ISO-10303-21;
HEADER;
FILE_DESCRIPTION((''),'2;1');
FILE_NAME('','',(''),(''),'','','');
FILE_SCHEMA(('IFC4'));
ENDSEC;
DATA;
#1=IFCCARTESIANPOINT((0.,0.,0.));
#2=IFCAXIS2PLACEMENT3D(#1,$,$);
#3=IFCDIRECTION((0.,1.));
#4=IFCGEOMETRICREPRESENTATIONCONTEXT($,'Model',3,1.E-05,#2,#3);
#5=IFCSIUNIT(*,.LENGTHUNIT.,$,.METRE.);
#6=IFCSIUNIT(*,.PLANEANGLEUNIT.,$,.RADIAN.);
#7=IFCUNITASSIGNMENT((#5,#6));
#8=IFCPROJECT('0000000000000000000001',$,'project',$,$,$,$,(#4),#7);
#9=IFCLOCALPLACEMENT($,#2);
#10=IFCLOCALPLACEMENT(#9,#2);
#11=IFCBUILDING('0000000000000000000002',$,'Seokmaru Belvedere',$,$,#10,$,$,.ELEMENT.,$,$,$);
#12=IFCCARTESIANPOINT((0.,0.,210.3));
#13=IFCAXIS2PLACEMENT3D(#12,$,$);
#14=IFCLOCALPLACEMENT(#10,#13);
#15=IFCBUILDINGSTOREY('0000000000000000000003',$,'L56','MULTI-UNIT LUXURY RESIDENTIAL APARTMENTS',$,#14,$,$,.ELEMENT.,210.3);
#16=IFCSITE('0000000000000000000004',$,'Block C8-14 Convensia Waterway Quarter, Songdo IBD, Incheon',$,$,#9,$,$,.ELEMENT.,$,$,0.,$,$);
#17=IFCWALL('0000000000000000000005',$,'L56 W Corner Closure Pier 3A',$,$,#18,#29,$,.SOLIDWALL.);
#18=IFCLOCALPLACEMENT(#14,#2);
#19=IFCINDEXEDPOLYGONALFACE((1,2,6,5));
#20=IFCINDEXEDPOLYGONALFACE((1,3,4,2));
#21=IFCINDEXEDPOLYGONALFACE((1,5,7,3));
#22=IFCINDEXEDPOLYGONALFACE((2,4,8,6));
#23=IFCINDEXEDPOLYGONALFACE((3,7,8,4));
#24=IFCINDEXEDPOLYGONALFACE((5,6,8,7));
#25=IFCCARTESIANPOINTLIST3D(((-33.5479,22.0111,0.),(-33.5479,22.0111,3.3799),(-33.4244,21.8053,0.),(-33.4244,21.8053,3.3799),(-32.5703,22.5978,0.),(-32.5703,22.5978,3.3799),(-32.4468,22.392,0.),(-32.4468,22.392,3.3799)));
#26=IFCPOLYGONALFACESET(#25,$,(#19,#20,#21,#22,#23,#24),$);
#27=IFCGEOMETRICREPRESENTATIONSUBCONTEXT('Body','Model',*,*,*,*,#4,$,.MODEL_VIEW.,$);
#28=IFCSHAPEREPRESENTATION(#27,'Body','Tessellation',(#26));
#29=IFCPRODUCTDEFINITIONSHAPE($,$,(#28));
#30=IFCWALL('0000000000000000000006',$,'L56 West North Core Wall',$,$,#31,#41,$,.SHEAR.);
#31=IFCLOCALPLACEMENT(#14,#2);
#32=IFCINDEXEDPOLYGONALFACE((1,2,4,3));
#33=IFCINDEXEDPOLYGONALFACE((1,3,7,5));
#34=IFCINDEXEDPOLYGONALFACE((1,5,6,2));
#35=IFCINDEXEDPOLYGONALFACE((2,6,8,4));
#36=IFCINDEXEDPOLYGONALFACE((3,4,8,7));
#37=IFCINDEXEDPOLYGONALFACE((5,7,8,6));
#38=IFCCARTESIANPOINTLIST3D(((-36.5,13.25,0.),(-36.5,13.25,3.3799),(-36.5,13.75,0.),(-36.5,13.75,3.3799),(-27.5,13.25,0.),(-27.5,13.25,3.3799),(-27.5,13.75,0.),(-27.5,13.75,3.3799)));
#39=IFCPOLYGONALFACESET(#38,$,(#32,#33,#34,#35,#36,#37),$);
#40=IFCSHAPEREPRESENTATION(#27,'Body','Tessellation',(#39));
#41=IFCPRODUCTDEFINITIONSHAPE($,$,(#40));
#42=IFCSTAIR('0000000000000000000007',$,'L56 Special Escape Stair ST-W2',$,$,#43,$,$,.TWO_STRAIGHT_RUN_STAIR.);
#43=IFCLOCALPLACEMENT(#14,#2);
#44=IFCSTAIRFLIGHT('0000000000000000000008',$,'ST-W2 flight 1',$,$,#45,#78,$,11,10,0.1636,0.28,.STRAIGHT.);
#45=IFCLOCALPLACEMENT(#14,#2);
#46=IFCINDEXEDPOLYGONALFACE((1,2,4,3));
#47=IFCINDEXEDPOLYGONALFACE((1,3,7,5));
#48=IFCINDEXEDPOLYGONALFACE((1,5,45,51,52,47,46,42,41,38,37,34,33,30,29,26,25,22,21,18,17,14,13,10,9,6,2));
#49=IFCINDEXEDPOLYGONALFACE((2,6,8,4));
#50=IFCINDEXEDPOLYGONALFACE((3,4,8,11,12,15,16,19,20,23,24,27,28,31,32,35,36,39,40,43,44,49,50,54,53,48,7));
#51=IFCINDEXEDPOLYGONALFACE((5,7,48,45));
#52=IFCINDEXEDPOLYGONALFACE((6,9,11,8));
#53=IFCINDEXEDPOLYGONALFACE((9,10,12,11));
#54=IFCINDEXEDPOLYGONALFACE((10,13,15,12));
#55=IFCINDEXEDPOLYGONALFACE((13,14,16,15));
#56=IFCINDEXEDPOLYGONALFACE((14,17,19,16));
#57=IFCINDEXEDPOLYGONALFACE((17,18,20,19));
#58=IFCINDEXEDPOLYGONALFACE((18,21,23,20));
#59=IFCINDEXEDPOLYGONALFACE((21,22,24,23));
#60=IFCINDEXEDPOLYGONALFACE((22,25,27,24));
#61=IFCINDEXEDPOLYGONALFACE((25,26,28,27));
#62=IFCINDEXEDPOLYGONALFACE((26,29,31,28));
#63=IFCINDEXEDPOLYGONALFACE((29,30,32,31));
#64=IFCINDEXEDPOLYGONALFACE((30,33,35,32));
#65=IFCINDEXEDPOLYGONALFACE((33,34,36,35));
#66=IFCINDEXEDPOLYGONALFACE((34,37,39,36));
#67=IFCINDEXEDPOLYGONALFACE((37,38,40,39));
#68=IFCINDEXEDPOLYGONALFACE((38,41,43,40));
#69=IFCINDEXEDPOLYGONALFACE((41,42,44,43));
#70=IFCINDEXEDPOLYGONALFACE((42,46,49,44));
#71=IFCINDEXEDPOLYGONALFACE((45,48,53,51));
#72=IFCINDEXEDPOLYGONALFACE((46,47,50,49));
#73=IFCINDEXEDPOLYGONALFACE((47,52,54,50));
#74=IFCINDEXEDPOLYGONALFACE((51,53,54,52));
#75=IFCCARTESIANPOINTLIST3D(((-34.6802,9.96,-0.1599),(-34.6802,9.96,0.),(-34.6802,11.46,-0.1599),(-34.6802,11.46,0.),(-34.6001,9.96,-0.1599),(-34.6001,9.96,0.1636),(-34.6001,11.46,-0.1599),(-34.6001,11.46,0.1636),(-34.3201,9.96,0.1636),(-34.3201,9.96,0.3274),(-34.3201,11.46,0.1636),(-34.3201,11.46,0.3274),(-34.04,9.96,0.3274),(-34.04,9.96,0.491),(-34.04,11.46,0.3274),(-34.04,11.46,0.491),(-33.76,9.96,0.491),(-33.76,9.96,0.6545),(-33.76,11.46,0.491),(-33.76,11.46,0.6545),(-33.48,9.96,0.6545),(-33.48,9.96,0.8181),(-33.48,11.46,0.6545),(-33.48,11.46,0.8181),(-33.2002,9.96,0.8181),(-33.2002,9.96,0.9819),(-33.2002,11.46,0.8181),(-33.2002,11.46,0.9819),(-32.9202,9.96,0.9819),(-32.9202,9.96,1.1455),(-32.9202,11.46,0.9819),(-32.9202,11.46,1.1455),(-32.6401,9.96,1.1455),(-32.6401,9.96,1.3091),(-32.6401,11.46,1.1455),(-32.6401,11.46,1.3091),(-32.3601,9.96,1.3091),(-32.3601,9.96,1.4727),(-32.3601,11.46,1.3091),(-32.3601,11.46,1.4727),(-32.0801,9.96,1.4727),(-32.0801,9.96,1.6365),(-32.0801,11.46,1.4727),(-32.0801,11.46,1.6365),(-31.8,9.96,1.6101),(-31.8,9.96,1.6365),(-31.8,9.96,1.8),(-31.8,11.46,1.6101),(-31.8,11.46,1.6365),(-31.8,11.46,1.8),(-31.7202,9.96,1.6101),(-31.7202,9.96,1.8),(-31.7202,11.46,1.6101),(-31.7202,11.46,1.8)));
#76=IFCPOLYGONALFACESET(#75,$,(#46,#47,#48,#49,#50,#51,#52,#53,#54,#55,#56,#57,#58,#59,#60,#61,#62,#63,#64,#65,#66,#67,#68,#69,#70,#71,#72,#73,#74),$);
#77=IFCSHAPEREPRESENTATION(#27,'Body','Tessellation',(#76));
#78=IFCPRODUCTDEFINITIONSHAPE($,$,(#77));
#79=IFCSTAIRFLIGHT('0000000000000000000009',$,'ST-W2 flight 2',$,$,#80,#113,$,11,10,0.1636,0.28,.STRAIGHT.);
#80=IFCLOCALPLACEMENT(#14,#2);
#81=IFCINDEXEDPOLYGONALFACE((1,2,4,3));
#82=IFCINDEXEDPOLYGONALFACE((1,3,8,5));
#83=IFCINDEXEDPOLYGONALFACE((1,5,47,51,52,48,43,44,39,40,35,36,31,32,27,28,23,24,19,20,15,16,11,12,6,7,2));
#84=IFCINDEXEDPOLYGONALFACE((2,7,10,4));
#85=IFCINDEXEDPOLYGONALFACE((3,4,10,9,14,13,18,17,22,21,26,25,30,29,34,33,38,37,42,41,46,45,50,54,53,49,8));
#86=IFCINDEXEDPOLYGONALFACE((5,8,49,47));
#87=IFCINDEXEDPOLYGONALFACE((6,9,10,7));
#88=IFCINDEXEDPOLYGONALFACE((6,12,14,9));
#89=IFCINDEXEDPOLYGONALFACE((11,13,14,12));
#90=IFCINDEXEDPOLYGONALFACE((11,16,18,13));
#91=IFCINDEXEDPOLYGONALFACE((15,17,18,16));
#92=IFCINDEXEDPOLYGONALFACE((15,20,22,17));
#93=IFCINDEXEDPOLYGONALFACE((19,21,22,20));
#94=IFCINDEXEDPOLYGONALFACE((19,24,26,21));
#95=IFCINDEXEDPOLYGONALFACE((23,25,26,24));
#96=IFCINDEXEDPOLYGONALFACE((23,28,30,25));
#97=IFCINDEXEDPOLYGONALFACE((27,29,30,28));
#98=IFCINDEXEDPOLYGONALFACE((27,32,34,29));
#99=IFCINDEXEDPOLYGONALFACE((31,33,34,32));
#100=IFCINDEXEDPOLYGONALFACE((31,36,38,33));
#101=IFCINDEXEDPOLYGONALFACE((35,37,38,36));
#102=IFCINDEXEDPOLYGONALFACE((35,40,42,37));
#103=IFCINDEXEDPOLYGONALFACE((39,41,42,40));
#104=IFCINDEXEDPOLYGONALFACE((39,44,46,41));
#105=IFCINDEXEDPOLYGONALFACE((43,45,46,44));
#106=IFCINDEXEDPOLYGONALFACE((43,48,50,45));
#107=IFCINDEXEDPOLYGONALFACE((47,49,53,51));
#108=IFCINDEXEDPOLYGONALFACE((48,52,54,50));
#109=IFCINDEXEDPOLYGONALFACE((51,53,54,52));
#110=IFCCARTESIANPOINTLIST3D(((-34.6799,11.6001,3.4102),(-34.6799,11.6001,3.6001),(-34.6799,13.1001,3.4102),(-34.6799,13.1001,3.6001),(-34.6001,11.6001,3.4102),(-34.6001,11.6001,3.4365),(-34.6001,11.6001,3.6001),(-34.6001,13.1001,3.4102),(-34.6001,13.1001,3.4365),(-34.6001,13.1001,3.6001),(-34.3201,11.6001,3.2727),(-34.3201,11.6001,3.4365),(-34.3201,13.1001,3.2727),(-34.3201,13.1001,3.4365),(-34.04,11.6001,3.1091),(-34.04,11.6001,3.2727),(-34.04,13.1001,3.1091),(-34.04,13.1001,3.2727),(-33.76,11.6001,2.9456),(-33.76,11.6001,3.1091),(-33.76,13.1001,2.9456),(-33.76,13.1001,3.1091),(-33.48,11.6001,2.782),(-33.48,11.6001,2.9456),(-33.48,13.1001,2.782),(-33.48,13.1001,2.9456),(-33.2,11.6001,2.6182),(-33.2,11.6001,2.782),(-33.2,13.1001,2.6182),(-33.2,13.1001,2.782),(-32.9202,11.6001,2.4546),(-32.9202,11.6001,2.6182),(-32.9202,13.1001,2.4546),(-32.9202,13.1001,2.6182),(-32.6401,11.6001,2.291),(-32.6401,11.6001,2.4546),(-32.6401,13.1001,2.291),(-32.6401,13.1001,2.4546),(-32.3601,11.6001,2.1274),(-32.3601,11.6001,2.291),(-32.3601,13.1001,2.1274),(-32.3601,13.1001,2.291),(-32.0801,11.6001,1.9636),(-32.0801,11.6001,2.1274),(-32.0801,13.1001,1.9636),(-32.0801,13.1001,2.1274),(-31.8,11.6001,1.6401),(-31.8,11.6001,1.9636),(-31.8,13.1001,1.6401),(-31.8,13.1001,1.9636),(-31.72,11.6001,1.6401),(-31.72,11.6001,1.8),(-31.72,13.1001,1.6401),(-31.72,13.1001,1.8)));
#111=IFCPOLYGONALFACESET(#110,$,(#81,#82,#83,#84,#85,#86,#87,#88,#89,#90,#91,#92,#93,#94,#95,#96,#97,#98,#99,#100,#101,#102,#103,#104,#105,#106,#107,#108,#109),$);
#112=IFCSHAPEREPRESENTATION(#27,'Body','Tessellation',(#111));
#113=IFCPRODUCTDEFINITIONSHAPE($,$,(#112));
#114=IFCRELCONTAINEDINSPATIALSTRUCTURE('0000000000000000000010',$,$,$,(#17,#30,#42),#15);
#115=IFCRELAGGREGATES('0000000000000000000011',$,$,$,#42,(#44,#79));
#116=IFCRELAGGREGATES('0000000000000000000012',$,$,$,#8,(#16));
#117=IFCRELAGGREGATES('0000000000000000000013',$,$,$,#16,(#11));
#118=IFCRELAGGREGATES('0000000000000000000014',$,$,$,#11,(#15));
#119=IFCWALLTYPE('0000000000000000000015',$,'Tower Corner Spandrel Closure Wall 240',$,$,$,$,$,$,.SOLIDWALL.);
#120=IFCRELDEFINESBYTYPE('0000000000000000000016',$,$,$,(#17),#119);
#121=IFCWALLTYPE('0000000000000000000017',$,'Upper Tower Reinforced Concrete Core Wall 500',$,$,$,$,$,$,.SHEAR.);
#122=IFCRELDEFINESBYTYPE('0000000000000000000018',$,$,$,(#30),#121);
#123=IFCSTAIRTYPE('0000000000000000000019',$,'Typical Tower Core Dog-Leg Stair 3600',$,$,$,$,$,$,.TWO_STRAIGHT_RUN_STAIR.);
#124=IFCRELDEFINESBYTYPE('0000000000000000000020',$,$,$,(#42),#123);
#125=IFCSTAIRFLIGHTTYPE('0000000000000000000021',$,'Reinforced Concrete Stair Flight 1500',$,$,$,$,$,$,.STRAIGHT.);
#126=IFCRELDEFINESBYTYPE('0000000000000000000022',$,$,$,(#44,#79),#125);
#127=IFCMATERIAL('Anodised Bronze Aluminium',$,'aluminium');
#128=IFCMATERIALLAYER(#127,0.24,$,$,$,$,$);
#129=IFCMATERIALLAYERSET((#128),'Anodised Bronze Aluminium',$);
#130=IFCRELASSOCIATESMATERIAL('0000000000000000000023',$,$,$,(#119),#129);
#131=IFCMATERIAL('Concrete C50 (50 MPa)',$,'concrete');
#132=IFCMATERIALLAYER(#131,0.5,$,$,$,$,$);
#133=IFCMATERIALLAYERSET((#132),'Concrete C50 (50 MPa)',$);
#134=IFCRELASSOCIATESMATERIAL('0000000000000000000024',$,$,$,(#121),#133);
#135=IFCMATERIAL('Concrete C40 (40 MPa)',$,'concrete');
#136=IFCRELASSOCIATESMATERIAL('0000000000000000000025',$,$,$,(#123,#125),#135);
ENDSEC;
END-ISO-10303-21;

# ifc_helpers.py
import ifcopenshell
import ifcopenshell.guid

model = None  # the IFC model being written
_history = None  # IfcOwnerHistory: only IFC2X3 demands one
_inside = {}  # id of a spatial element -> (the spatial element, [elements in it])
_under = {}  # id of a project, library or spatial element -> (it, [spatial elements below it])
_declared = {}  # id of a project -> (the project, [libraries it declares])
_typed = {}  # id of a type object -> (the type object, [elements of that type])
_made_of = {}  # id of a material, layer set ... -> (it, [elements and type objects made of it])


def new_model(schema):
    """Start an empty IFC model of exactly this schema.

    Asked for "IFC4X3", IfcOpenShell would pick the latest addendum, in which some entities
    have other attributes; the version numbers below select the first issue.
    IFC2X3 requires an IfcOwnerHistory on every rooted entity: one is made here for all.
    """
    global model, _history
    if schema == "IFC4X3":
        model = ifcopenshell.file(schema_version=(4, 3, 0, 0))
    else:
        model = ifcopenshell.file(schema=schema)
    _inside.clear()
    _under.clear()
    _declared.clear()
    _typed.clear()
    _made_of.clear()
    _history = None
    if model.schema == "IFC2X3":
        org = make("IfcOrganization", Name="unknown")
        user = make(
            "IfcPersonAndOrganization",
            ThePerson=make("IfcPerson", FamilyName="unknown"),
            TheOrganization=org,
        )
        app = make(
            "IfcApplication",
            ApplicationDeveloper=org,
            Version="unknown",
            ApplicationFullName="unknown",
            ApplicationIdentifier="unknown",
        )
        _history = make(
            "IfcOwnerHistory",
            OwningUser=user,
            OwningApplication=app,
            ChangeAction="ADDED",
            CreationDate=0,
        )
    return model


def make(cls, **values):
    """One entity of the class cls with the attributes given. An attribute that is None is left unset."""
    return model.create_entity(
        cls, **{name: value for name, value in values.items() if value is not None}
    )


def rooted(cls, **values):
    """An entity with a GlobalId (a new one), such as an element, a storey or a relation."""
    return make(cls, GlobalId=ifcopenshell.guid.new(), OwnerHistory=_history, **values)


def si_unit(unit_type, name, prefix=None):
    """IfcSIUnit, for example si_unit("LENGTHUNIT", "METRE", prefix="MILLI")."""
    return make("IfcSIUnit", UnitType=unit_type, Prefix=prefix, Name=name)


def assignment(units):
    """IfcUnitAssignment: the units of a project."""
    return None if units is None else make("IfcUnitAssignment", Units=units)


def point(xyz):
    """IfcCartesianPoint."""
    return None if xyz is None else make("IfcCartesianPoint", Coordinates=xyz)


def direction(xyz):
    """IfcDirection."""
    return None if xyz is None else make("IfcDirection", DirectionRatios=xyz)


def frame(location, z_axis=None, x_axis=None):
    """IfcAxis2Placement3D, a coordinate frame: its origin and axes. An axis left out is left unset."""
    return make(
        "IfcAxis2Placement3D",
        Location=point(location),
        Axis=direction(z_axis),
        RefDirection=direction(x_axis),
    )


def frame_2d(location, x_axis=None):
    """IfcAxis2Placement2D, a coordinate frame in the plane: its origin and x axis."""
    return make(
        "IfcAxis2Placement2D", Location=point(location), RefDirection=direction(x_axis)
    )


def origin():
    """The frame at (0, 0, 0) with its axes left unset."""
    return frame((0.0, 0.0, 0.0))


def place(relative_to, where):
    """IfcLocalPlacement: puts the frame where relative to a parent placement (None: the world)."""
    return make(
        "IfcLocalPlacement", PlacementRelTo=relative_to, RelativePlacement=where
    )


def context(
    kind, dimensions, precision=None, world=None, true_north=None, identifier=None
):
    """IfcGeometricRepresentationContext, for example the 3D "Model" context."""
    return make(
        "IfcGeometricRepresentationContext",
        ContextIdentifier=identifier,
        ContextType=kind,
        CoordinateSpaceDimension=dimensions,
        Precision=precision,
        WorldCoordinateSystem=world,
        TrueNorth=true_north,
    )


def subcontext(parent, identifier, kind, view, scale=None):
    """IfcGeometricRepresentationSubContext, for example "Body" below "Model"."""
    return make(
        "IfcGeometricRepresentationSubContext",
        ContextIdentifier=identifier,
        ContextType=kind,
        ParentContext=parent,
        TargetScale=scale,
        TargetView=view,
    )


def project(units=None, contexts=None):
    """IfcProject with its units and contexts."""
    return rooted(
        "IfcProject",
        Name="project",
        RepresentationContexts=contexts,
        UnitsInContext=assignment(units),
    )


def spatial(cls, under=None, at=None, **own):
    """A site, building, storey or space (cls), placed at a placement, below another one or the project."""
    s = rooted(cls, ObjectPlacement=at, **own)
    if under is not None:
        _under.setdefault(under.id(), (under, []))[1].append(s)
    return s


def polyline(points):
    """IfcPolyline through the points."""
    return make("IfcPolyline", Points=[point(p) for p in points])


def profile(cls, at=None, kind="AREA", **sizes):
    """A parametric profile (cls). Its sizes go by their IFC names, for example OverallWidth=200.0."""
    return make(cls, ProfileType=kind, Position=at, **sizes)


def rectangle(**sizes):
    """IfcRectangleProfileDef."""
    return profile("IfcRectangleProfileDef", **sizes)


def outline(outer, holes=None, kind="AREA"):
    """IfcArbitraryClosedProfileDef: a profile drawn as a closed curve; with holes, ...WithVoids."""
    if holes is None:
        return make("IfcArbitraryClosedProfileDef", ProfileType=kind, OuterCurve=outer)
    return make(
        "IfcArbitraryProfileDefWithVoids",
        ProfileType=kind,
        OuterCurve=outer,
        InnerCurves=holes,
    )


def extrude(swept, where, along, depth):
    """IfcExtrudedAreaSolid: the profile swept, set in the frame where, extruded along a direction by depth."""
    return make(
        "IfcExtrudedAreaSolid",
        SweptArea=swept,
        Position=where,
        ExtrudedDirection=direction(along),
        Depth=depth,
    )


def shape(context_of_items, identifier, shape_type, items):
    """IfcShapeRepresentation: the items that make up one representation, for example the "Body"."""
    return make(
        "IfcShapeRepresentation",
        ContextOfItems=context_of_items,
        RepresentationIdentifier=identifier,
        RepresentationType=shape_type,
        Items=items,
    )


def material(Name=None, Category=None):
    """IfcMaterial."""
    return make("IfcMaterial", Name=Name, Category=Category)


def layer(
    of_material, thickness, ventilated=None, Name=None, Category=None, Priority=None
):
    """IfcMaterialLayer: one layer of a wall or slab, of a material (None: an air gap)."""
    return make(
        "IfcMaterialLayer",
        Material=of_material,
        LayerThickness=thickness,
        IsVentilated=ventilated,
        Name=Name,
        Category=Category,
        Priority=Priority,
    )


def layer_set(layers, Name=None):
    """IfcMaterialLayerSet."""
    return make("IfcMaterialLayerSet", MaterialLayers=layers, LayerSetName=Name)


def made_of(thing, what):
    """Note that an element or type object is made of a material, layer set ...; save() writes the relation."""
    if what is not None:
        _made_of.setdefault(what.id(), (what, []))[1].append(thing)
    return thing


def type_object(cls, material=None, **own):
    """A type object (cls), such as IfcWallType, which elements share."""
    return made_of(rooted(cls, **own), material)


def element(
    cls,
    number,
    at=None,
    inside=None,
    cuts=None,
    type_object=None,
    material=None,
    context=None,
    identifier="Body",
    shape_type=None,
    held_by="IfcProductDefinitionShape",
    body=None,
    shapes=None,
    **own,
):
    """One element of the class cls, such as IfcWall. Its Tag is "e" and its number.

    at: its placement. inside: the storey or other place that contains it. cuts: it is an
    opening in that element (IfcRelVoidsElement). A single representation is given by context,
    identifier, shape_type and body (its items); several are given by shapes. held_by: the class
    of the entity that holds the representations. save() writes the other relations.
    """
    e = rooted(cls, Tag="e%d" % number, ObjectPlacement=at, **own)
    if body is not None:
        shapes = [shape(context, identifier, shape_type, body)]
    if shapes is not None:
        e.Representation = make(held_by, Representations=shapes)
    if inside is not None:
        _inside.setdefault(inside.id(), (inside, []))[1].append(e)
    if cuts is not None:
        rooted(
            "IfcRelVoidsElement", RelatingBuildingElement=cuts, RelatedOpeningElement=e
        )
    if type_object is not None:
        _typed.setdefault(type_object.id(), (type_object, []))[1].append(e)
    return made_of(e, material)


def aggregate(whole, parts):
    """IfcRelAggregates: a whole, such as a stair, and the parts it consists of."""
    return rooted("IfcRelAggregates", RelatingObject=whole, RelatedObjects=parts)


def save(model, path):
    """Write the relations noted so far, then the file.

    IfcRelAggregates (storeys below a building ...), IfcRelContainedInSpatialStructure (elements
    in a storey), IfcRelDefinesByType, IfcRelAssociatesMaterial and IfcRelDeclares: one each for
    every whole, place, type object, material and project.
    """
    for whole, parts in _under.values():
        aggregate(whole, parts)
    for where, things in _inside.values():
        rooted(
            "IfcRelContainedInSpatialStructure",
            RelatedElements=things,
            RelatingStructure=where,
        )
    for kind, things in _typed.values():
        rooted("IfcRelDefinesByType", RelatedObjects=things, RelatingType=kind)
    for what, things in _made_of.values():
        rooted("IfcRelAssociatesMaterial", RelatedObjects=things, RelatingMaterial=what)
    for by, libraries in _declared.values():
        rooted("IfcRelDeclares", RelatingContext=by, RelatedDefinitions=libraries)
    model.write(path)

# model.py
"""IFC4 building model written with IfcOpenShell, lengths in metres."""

from ifc_helpers import new_model, si_unit, direction, frame, frame_2d, origin, place, context, subcontext, project, spatial, polyline, rectangle, outline, extrude, material, layer, layer_set, type_object, element, aggregate, save


model = new_model("IFC4")

# Units and contexts
model_context = context("Model", 3, precision=1e-05, world=origin(), true_north=direction((0.0, 1.0)))
body_context = subcontext(model_context, "Body", "Model", "MODEL_VIEW")
ifc_project = project(units=[si_unit("LENGTHUNIT", "METRE"), si_unit("PLANEANGLEUNIT", "RADIAN")], contexts=[model_context])

# Site, building, storey
site_placement = place(None, origin())
site = spatial("IfcSite", under=ifc_project, at=site_placement, Name="Block C8-14 Convensia Waterway Quarter, Songdo IBD, Incheon", CompositionType="ELEMENT", RefElevation=0.0)
building_placement = place(site_placement, origin())
building = spatial("IfcBuilding", under=site, at=building_placement, Name="Seokmaru Belvedere", CompositionType="ELEMENT")
storey_placement = place(building_placement, frame((0.0, 0.0, 210.3)))
storey = spatial("IfcBuildingStorey", under=building, at=storey_placement, Name="L56", Description="MULTI-UNIT LUXURY RESIDENTIAL APARTMENTS", CompositionType="ELEMENT", Elevation=210.3)

# Shared definitions
ifc_material_1 = material(Name="Anodised Bronze Aluminium", Category="aluminium")

# Shared definitions
ifc_material_2 = material(Name="Concrete C50 (50 MPa)", Category="concrete")

# Walls
ifc_layer_1 = layer(ifc_material_1, 0.24)
ifc_layer_set_1 = layer_set([ifc_layer_1], Name="Anodised Bronze Aluminium")
wall_type_1 = type_object("IfcWallType", Name="Tower Corner Spandrel Closure Wall 240", PredefinedType="SOLIDWALL", material=ifc_layer_set_1)
wall_1_placement = place(storey_placement, frame((-32.5085, 22.4949, 0.0), z_axis=(0.0, 0.0, 1.0), x_axis=(-0.857436, -0.51459, 0.0)))
element("IfcWall", 1, at=wall_1_placement, inside=storey, type_object=wall_type_1, Name="L56 W Corner Closure Pier 3A", PredefinedType="SOLIDWALL", context=body_context, shape_type="SweptSolid", body=[
    extrude(rectangle(XDim=1.1401, YDim=0.24, at=frame_2d((0.5701, 0.0))), origin(), (0.0, 0.0, 1.0), 3.3799),
])
ifc_layer_2 = layer(ifc_material_2, 0.5)
ifc_layer_set_2 = layer_set([ifc_layer_2], Name="Concrete C50 (50 MPa)")
wall_type_2 = type_object("IfcWallType", Name="Upper Tower Reinforced Concrete Core Wall 500", PredefinedType="SHEAR", material=ifc_layer_set_2)
wall_2_placement = place(storey_placement, frame((-36.5, 13.5, 0.0), z_axis=(0.0, 0.0, 1.0), x_axis=(1.0, 0.0, 0.0)))
element("IfcWall", 2, at=wall_2_placement, inside=storey, type_object=wall_type_2, Name="L56 West North Core Wall", PredefinedType="SHEAR", context=body_context, shape_type="SweptSolid", body=[
    extrude(rectangle(XDim=9.0, YDim=0.5, at=frame_2d((4.5, 0.0))), origin(), (0.0, 0.0, 1.0), 3.3799),
])

# Stair, stair flights
ifc_material_3 = material(Name="Concrete C40 (40 MPa)", Category="concrete")
stair_type = type_object("IfcStairType", Name="Typical Tower Core Dog-Leg Stair 3600", PredefinedType="TWO_STRAIGHT_RUN_STAIR", material=ifc_material_3)
stair_placement = place(storey_placement, origin())
stair = element("IfcStair", 3, at=stair_placement, inside=storey, type_object=stair_type, Name="L56 Special Escape Stair ST-W2", PredefinedType="TWO_STRAIGHT_RUN_STAIR")
stair_flight_type = type_object("IfcStairFlightType", Name="Reinforced Concrete Stair Flight 1500", PredefinedType="STRAIGHT", material=ifc_material_3)
stair_flight_1_placement = place(storey_placement, frame((-34.6001, 10.71, 0.0), z_axis=(0.0, 0.0, 1.0), x_axis=(1.0, 0.0, 0.0)))
stair_flight_1 = element("IfcStairFlight", 4, at=stair_flight_1_placement, type_object=stair_flight_type, Name="ST-W2 flight 1", NumberOfRisers=11, NumberOfTreads=10, PredefinedType="STRAIGHT", RiserHeight=0.1636, TreadLength=0.28, context=body_context, shape_type="SweptSolid", body=[
    extrude(outline(polyline([(-0.0801, 0.0), (0.0, 0.1636), (0.28, 0.1636), (0.28, 0.3274), (0.5601, 0.3274), (0.5601, 0.491), (0.8401, 0.491), (0.8401, 0.6545), (1.1201, 0.6545), (1.1201, 0.8181), (1.3999, 0.8181), (1.3999, 0.9819), (1.6799, 0.9819), (1.6799, 1.1455), (1.96, 1.1455), (1.96, 1.3091), (2.24, 1.3091), (2.24, 1.4727), (2.52, 1.4727), (2.52, 1.6365), (2.8, 1.6365), (2.8, 1.8), (2.8799, 1.8), (2.8799, 1.6101), (2.8, 1.6101), (0.0, -0.1599), (-0.0801, -0.1599), (-0.0801, 0.0)])), frame((0.0, 0.75, 0.0), z_axis=(0.0, -1.0, 0.0), x_axis=(1.0, 0.0, 0.0)), (0.0, 0.0, 1.0), 1.5),
])
stair_flight_2_placement = place(storey_placement, frame((-31.8, 12.3501, 1.8), z_axis=(0.0, 0.0, 1.0), x_axis=(-1.0, 0.0, 0.0)))
stair_flight_2 = element("IfcStairFlight", 5, at=stair_flight_2_placement, type_object=stair_flight_type, Name="ST-W2 flight 2", NumberOfRisers=11, NumberOfTreads=10, PredefinedType="STRAIGHT", RiserHeight=0.1636, TreadLength=0.28, context=body_context, shape_type="SweptSolid", body=[
    extrude(outline(polyline([(-0.0801, 0.0), (0.0, 0.1636), (0.28, 0.1636), (0.28, 0.3274), (0.5601, 0.3274), (0.5601, 0.491), (0.8401, 0.491), (0.8401, 0.6545), (1.1201, 0.6545), (1.1201, 0.8181), (1.3999, 0.8181), (1.3999, 0.9819), (1.6799, 0.9819), (1.6799, 1.1455), (1.96, 1.1455), (1.96, 1.3091), (2.24, 1.3091), (2.24, 1.4727), (2.52, 1.4727), (2.52, 1.6365), (2.8, 1.6365), (2.8, 1.8), (2.8799, 1.8), (2.8799, 1.6101), (2.8, 1.6101), (0.0, -0.1599), (-0.0801, -0.1599), (-0.0801, 0.0)])), frame((0.0, 0.75, 0.0), z_axis=(0.0, -1.0, 0.0), x_axis=(1.0, 0.0, 0.0)), (0.0, 0.0, 1.0), 1.5),
])
aggregate(stair, [stair_flight_1, stair_flight_2])

save(model, "model.ifc")
